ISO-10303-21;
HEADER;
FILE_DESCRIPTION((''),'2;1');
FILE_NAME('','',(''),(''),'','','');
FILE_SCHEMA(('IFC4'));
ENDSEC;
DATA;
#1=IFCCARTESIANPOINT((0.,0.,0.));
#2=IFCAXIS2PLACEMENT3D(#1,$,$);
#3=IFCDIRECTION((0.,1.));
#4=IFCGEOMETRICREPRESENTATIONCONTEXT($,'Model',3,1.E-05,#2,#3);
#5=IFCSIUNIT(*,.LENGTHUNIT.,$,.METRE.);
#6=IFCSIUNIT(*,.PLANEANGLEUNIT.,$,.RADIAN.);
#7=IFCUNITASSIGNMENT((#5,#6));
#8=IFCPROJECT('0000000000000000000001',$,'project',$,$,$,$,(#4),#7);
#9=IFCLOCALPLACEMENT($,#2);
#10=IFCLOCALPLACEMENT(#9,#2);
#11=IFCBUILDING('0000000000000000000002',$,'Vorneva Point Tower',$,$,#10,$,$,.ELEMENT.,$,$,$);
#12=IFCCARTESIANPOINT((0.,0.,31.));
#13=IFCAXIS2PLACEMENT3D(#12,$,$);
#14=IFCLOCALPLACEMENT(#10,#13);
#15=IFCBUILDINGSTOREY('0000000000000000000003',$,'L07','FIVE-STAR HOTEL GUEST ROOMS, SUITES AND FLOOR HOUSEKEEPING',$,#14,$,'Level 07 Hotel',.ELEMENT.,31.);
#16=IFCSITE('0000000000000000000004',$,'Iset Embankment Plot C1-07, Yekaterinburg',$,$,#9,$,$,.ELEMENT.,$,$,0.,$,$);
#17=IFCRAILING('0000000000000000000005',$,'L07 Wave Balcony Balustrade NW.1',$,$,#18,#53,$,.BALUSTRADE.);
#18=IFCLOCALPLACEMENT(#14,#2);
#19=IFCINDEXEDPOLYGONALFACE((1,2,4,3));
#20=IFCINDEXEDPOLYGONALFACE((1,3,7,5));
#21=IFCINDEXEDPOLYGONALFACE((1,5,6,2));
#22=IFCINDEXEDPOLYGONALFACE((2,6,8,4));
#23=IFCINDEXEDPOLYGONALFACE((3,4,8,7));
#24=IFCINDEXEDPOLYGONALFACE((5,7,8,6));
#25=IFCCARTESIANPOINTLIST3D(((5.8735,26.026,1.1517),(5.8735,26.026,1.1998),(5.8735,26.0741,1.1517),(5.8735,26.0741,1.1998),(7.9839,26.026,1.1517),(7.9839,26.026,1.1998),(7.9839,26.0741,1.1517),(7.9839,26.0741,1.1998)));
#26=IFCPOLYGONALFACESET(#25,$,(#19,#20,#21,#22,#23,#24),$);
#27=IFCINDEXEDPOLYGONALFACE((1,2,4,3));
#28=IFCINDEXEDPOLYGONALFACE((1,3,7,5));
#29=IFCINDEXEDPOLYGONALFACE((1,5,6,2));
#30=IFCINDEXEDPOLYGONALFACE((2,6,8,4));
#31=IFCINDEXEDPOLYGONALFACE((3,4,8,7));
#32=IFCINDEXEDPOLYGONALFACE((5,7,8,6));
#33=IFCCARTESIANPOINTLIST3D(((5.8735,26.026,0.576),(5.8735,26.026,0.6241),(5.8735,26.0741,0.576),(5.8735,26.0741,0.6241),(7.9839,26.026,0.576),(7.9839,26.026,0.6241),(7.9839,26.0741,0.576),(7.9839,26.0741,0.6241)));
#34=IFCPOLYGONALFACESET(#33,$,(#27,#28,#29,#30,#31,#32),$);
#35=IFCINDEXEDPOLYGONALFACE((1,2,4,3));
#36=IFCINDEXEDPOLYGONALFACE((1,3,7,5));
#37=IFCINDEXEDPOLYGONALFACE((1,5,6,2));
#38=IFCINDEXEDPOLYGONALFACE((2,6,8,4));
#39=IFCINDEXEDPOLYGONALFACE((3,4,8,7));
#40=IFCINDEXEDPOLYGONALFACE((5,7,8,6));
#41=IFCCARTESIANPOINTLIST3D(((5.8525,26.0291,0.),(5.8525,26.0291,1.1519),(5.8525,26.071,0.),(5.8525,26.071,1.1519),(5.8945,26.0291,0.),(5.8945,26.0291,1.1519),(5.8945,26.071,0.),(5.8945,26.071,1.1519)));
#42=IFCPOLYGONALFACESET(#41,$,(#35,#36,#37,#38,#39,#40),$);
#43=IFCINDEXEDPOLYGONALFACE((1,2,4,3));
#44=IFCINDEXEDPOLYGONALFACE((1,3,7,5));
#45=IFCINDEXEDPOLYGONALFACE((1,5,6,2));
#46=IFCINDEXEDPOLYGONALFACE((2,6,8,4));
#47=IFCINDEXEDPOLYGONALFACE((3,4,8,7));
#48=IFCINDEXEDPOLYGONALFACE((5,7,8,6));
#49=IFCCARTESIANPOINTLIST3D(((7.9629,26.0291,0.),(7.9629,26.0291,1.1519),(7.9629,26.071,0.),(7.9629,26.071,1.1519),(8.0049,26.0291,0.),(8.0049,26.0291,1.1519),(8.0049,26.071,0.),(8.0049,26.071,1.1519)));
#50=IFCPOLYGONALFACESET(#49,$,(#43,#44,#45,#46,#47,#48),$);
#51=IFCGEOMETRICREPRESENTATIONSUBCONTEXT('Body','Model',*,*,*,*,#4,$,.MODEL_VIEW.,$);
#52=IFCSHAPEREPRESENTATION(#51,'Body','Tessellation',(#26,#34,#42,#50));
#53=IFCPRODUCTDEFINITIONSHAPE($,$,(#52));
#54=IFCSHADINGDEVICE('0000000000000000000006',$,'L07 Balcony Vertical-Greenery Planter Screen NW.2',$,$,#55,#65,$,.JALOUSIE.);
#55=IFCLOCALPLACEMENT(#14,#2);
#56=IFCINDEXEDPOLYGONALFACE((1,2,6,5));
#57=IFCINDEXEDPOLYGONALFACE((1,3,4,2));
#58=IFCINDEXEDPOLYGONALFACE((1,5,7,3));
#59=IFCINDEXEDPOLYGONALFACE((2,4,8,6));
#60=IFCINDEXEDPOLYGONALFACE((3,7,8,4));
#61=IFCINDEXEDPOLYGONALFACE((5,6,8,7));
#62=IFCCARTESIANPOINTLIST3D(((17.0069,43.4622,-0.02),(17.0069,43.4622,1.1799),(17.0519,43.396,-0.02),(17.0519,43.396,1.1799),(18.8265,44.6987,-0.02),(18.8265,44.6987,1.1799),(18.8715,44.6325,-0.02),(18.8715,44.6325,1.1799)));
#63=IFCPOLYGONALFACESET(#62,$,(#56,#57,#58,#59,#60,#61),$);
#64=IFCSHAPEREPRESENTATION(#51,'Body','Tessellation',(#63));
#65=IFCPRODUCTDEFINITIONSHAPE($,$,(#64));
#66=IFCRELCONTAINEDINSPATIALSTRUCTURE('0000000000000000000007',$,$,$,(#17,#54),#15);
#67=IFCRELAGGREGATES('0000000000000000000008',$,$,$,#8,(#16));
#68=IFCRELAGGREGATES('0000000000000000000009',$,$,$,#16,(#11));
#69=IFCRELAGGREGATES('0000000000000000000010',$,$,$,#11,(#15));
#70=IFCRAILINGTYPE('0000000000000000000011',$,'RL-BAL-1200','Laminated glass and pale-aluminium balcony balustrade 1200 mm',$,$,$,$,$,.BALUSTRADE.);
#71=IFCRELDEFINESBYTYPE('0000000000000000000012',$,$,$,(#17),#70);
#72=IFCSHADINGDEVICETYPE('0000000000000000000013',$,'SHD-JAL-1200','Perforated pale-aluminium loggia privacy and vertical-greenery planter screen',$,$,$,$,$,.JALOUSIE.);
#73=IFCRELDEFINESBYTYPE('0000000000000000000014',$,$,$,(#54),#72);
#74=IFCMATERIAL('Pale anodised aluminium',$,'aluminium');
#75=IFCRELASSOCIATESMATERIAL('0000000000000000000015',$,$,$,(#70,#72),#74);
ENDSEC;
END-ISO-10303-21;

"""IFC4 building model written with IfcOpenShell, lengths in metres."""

from ifc_helpers import new_model, si_unit, direction, frame, origin, origin_2d, place, context, subcontext, project, spatial, rectangle, extrude, material, type_object, element, save


model = new_model("IFC4")

# Units and contexts
model_context = context("Model", 3, precision=1e-05, world=origin(), true_north=direction((0.0, 1.0)))
body_context = subcontext(model_context, "Body", "Model", "MODEL_VIEW")
ifc_project = project(units=[si_unit("LENGTHUNIT", "METRE"), si_unit("PLANEANGLEUNIT", "RADIAN")], contexts=[model_context])

# Site, building, storey
site_placement = place(None, origin())
site = spatial("IfcSite", under=ifc_project, at=site_placement, Name="Iset Embankment Plot C1-07, Yekaterinburg", CompositionType="ELEMENT", RefElevation=0.0)
building_placement = place(site_placement, origin())
building = spatial("IfcBuilding", under=site, at=building_placement, Name="Vorneva Point Tower", CompositionType="ELEMENT")
storey_placement = place(building_placement, frame((0.0, 0.0, 31.0)))
storey = spatial("IfcBuildingStorey", under=building, at=storey_placement, Name="L07", Description="FIVE-STAR HOTEL GUEST ROOMS, SUITES AND FLOOR HOUSEKEEPING", LongName="Level 07 Hotel", CompositionType="ELEMENT", Elevation=31.0)

# Shared definitions
ifc_material_1 = material(Name="Pale anodised aluminium", Category="aluminium")

# Railing
railing_type = type_object("IfcRailingType", Name="RL-BAL-1200", Description="Laminated glass and pale-aluminium balcony balustrade 1200 mm", PredefinedType="BALUSTRADE", material=ifc_material_1)
railing_placement = place(storey_placement, frame((5.8735, 26.05, 0.0)))
element("IfcRailing", 1, at=railing_placement, inside=storey, type_object=railing_type, Name="L07 Wave Balcony Balustrade NW.1", PredefinedType="BALUSTRADE", context=body_context, shape_type="SweptSolid", body=[
    extrude(rectangle(XDim=0.0481, YDim=0.0481, at=origin_2d()), frame((0.0, 0.0, 1.1758), z_axis=(1.0, 0.0, 0.0), x_axis=(0.0, 1.0, 0.0)), (0.0, 0.0, 1.0), 2.1104),
    extrude(rectangle(XDim=0.0481, YDim=0.0481, at=origin_2d()), frame((0.0, 0.0, 0.6001), z_axis=(1.0, 0.0, 0.0), x_axis=(0.0, 1.0, 0.0)), (0.0, 0.0, 1.0), 2.1104),
    extrude(rectangle(XDim=0.042, YDim=0.042, at=origin_2d()), origin(), (0.0, 0.0, 1.0), 1.1519),
    extrude(rectangle(XDim=0.042, YDim=0.042, at=origin_2d()), frame((2.1104, 0.0, 0.0)), (0.0, 0.0, 1.0), 1.1519),
])

# Shading device
shading_device_type = type_object("IfcShadingDeviceType", Name="SHD-JAL-1200", Description="Perforated pale-aluminium loggia privacy and vertical-greenery planter screen", PredefinedType="JALOUSIE", material=ifc_material_1)
shading_device_placement = place(storey_placement, frame((17.9392, 44.0474, -0.02), z_axis=(0.0, 0.0, 1.0), x_axis=(-0.8271, -0.562055, 0.0)))
element("IfcShadingDevice", 2, at=shading_device_placement, inside=storey, type_object=shading_device_type, Name="L07 Balcony Vertical-Greenery Planter Screen NW.2", PredefinedType="JALOUSIE", context=body_context, shape_type="SweptSolid", body=[
    extrude(rectangle(XDim=2.2, YDim=0.0801, at=origin_2d()), origin(), (0.0, 0.0, 1.0), 1.2),
])

save(model, "model.ifc")
